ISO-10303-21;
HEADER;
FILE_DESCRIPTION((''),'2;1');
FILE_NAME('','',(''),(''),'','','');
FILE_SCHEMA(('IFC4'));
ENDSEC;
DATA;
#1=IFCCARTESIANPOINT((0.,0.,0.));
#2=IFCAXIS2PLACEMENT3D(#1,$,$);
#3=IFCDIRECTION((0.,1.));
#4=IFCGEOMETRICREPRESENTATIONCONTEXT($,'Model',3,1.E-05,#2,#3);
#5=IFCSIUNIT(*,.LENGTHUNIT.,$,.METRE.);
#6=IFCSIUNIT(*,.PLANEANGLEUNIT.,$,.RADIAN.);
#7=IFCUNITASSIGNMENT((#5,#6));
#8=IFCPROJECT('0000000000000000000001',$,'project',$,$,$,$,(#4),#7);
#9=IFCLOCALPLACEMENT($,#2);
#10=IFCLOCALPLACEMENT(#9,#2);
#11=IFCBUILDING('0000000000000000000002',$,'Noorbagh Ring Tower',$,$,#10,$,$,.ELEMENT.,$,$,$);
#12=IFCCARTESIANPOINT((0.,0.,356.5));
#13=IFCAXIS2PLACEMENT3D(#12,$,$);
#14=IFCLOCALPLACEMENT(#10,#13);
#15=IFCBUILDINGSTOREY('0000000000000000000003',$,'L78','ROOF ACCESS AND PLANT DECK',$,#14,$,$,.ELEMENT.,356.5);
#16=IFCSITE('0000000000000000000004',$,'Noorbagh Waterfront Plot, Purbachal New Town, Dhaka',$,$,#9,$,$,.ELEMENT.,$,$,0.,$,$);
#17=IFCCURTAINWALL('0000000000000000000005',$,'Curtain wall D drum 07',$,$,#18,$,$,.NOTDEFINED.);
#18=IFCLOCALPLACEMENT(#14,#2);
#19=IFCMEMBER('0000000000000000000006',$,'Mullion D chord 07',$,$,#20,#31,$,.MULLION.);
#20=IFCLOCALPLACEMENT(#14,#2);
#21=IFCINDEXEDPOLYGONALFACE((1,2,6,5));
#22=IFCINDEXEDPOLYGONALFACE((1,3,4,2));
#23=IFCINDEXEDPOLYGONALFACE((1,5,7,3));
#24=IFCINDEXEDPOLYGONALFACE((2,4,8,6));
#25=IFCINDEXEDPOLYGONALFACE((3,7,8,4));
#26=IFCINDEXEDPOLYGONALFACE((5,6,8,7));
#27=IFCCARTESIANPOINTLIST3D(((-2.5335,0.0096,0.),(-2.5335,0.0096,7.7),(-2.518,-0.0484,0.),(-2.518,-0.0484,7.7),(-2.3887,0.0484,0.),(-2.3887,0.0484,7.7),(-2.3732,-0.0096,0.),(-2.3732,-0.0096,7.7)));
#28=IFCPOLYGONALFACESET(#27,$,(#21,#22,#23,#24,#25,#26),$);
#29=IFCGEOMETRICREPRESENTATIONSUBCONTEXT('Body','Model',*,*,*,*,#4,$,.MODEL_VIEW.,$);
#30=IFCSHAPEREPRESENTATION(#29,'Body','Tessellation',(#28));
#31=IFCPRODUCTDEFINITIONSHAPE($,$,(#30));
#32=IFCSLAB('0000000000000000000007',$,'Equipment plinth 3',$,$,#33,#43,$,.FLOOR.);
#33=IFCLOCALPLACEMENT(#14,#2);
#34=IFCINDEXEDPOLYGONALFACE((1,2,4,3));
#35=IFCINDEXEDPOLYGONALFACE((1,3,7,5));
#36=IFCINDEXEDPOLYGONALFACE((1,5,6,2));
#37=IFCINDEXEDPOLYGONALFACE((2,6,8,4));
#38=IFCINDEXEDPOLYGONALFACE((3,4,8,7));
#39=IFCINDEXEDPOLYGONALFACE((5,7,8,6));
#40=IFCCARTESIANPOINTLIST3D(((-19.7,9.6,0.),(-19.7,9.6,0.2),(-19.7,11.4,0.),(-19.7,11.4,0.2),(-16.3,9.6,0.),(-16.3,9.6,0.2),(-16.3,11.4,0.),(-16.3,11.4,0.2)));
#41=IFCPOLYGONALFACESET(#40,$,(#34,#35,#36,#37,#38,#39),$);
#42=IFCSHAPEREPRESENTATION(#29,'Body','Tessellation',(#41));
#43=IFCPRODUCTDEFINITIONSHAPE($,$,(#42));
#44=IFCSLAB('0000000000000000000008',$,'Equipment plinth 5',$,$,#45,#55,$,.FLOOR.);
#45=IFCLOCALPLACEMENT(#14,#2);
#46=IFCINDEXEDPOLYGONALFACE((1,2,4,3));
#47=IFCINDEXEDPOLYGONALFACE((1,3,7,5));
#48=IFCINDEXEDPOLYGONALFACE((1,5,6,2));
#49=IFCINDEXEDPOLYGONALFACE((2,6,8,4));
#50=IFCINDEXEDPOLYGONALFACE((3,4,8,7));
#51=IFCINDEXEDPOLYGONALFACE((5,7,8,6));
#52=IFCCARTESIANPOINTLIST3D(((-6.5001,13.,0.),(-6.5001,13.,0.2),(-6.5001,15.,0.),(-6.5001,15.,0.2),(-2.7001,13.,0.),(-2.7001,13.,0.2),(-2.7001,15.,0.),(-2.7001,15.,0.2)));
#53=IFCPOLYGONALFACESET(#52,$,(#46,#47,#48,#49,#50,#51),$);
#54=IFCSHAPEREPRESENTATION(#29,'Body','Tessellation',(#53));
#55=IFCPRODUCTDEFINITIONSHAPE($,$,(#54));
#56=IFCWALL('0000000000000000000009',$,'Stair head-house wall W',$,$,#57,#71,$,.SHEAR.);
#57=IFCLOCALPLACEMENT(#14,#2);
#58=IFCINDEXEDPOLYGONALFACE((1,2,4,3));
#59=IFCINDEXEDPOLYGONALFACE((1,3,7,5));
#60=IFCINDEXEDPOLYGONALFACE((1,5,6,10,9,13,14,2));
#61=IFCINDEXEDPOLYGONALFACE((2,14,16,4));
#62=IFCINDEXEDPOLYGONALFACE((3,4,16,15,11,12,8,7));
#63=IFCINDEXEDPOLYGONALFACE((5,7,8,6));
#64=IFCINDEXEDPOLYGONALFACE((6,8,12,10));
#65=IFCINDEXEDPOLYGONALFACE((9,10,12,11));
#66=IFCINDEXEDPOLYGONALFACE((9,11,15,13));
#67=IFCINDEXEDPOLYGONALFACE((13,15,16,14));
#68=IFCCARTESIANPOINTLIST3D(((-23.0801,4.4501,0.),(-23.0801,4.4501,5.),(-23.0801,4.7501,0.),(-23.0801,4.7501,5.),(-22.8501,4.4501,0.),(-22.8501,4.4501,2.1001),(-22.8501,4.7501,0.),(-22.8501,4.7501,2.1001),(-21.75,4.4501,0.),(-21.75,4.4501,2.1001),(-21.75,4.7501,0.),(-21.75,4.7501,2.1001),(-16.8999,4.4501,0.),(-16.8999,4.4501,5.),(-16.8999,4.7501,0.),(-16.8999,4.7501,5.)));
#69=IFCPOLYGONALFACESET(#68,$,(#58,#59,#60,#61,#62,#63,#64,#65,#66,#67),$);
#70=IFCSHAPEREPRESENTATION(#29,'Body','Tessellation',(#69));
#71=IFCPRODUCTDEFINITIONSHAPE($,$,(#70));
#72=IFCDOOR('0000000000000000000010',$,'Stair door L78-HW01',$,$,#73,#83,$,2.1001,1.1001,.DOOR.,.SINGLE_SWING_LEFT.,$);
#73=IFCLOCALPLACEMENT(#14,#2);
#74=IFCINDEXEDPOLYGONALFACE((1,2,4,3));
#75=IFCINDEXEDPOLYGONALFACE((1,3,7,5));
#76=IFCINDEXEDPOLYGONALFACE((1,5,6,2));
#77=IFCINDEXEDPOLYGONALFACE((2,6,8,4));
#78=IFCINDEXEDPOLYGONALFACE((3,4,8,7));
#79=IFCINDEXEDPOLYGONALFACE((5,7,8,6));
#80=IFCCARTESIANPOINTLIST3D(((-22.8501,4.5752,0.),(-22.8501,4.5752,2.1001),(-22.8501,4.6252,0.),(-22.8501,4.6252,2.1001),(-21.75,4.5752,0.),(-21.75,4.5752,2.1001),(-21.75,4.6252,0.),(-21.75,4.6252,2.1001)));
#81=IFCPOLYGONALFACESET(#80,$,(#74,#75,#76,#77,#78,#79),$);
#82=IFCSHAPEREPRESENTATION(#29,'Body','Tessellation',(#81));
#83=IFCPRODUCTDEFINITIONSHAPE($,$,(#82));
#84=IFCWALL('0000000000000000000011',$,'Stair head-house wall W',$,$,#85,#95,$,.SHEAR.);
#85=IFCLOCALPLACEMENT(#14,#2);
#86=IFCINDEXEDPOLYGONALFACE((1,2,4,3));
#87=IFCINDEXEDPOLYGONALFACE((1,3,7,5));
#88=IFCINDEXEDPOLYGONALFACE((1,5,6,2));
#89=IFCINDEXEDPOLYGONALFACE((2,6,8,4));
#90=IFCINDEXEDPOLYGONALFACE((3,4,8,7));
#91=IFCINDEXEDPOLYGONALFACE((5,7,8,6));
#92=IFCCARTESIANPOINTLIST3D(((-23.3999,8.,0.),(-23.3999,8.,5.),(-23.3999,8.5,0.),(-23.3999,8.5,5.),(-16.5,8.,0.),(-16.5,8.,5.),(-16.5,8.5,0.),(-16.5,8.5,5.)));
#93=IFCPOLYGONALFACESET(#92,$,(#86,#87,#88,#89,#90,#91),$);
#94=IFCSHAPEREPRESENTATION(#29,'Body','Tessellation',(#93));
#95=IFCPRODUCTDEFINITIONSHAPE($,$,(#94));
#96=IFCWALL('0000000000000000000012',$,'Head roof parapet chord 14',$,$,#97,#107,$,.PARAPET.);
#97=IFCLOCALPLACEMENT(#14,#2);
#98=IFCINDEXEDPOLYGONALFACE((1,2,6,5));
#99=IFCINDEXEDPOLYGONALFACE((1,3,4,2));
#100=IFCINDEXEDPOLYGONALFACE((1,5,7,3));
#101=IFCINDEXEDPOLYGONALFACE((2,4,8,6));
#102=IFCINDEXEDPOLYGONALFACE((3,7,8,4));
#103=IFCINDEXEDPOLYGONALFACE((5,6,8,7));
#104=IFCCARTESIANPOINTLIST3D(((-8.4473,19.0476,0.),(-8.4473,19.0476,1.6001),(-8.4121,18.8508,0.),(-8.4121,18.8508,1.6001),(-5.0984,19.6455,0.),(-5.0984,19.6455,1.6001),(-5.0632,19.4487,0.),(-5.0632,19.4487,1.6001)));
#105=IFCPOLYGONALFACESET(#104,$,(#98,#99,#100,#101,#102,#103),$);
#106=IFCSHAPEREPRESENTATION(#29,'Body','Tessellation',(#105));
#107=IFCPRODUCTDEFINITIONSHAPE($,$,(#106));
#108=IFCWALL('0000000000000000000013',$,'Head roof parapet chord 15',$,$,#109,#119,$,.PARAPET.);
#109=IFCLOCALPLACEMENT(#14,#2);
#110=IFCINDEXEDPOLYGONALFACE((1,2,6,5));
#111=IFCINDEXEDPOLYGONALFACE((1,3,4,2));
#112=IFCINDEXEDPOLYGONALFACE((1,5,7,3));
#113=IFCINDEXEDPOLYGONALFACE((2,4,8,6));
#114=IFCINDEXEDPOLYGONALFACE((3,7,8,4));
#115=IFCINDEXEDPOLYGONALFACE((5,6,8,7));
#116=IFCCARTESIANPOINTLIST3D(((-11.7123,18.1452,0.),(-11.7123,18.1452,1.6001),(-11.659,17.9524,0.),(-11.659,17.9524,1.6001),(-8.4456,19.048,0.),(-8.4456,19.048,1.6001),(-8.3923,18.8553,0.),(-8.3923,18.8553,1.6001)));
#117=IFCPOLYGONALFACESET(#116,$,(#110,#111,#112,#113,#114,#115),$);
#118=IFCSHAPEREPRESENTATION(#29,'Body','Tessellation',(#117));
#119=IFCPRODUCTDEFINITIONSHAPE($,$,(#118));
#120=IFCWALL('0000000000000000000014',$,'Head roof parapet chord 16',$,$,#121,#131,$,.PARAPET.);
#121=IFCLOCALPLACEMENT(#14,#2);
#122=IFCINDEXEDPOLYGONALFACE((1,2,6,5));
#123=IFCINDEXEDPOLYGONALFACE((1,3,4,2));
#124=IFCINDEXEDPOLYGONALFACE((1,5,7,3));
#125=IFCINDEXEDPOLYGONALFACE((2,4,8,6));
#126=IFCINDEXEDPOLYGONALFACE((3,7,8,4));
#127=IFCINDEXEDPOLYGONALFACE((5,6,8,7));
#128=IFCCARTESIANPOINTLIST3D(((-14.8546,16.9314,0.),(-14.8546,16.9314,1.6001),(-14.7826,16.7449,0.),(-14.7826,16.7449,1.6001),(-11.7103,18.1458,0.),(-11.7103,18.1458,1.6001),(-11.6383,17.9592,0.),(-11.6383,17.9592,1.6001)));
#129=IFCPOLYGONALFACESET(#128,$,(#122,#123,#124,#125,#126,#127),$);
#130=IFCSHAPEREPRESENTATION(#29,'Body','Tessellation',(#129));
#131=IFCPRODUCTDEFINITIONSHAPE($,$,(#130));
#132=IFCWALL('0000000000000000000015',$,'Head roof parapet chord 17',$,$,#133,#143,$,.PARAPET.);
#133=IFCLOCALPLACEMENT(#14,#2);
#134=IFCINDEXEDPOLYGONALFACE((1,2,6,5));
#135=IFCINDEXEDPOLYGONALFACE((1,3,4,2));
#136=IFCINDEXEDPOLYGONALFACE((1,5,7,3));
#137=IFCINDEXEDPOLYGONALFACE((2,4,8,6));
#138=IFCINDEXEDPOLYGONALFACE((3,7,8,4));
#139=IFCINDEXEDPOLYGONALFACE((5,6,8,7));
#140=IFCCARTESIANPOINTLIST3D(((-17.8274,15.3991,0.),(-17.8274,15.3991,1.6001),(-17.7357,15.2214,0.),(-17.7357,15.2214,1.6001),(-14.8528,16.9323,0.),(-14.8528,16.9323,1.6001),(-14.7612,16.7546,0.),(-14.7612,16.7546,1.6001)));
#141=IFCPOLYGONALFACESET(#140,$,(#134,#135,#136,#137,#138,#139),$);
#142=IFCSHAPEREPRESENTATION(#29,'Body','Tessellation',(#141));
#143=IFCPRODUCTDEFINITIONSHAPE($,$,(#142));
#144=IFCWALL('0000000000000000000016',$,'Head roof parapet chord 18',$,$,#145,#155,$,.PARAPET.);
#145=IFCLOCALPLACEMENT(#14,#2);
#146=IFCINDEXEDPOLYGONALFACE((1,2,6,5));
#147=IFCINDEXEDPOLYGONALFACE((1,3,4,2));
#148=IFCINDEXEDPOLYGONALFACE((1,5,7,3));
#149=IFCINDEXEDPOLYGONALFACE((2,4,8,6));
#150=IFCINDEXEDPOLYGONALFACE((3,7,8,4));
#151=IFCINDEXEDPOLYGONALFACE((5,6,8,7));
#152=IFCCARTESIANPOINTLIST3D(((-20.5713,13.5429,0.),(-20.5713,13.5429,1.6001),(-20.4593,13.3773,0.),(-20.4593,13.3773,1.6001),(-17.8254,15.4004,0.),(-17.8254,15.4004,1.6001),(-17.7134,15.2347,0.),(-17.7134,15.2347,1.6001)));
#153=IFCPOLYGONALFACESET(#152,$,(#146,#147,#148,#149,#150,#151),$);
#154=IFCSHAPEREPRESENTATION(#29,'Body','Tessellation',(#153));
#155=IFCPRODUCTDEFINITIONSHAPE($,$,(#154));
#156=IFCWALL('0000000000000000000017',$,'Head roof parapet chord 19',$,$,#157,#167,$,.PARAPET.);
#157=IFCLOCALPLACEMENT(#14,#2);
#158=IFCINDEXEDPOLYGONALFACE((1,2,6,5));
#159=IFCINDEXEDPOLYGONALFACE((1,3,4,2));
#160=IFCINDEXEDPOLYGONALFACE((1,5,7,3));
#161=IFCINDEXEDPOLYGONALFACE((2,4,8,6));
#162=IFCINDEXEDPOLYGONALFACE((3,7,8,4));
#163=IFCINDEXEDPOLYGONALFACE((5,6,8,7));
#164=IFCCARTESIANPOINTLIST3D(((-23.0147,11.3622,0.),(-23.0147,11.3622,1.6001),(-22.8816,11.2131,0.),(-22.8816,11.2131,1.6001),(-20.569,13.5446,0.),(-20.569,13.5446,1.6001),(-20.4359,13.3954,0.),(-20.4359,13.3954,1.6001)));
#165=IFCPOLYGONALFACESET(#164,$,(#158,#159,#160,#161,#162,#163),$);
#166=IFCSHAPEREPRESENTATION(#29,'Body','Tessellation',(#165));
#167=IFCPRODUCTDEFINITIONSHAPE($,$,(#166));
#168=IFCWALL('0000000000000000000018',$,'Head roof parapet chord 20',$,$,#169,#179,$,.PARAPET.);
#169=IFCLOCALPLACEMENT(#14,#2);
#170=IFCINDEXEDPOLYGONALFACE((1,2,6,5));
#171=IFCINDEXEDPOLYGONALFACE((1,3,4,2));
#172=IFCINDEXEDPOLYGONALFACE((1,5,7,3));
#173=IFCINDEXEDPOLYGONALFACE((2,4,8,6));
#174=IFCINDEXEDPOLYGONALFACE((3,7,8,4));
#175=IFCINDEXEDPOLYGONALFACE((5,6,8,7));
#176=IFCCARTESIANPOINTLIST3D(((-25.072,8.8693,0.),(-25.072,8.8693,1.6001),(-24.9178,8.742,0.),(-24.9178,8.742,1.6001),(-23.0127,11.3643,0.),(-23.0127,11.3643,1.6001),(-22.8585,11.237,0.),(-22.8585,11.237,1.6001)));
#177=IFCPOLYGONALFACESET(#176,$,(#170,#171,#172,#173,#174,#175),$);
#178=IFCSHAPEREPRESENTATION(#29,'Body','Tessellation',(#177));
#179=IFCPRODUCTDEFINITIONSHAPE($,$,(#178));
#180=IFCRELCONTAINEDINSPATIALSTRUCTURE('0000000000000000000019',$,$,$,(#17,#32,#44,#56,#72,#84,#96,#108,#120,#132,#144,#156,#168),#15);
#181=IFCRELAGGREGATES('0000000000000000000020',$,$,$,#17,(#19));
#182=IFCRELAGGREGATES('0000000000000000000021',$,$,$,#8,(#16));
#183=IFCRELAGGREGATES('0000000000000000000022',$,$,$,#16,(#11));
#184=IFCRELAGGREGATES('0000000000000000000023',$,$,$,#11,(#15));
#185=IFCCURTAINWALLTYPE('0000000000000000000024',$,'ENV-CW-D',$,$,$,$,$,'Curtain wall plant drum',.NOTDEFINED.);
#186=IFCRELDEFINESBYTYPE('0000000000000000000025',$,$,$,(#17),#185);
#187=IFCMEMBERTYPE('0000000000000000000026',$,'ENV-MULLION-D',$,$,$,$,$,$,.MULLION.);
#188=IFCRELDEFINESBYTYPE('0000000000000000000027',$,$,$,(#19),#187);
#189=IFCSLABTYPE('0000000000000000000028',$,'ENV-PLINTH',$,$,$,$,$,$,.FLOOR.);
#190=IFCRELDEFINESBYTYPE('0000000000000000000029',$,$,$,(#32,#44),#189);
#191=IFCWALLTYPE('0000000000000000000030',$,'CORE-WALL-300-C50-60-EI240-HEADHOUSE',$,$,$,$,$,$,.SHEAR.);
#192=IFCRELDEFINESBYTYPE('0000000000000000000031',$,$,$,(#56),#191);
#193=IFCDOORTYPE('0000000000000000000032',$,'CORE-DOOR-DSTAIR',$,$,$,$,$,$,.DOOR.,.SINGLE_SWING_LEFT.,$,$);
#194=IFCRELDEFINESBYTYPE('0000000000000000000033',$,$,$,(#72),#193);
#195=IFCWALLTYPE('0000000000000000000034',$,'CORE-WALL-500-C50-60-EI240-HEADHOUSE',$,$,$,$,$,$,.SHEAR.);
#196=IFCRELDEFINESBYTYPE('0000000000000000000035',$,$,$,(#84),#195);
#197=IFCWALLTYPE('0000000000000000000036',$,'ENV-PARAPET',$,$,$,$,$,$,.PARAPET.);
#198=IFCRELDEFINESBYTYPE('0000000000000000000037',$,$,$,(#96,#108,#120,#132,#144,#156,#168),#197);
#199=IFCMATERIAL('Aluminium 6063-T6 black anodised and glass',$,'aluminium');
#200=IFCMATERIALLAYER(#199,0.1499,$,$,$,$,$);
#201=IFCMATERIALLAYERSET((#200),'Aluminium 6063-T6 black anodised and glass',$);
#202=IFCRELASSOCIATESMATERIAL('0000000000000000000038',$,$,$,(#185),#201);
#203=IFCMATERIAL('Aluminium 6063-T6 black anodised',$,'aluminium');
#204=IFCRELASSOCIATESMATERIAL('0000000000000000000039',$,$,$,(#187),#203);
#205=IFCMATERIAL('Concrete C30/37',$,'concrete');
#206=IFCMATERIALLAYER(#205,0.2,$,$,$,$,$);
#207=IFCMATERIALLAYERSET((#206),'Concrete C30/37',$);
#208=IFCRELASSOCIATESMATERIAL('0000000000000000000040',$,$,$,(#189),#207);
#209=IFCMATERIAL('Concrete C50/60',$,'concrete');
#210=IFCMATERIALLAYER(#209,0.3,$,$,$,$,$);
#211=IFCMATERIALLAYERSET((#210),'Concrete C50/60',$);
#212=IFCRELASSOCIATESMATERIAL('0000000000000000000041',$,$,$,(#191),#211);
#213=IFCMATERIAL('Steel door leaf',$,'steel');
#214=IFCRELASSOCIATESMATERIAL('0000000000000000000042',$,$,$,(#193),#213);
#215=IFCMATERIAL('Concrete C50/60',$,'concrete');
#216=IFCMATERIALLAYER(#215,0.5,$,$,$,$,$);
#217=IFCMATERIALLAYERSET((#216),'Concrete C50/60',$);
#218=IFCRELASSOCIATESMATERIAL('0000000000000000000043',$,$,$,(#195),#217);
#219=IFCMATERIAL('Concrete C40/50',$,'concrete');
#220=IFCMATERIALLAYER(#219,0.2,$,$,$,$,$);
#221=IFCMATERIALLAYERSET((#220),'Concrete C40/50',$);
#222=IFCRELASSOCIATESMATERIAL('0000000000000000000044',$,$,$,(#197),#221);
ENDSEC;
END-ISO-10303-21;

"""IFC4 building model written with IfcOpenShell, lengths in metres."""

from ifc_helpers import new_model, si_unit, direction, frame, frame_2d, origin, origin_2d, place, context, subcontext, project, spatial, rectangle, extrude, material, layer, layer_set, material_profile, profile_set, type_object, element, fill, aggregate, save


model = new_model("IFC4")

# Units and contexts
model_context = context("Model", 3, precision=1e-05, world=origin(), true_north=direction((0.0, 1.0)))
body_context = subcontext(model_context, "Body", "Model", "MODEL_VIEW")
ifc_project = project(units=[si_unit("LENGTHUNIT", "METRE"), si_unit("PLANEANGLEUNIT", "RADIAN")], contexts=[model_context])

# Site, building, storey
site_placement = place(None, origin())
site = spatial("IfcSite", under=ifc_project, at=site_placement, Name="Noorbagh Waterfront Plot, Purbachal New Town, Dhaka", CompositionType="ELEMENT", RefElevation=0.0)
building_placement = place(site_placement, origin())
building = spatial("IfcBuilding", under=site, at=building_placement, Name="Noorbagh Ring Tower", CompositionType="ELEMENT")
storey_placement = place(building_placement, frame((0.0, 0.0, 356.5)))
storey = spatial("IfcBuildingStorey", under=building, at=storey_placement, Name="L78", Description="ROOF ACCESS AND PLANT DECK", CompositionType="ELEMENT", Elevation=356.5)

# Curtain wall, member
ifc_material_1 = material(Name="Aluminium 6063-T6 black anodised and glass", Category="aluminium")
ifc_layer_1 = layer(ifc_material_1, 0.1499)
ifc_layer_set_1 = layer_set([ifc_layer_1], Name="Aluminium 6063-T6 black anodised and glass")
curtain_wall_type = type_object("IfcCurtainWallType", Name="ENV-CW-D", ElementType="Curtain wall plant drum", PredefinedType="NOTDEFINED", material=ifc_layer_set_1)
curtain_wall_placement = place(storey_placement, origin())
curtain_wall = element("IfcCurtainWall", 1, at=curtain_wall_placement, inside=storey, type_object=curtain_wall_type, Name="Curtain wall D drum 07", PredefinedType="NOTDEFINED")
ifc_material_2 = material(Name="Aluminium 6063-T6 black anodised", Category="aluminium")
ifc_material_profile = material_profile(ifc_material_2, rectangle(XDim=0.1499, YDim=0.0601, at=origin_2d()), Name="150x60")
ifc_profile_set = profile_set([ifc_material_profile], Name="Aluminium 6063-T6 black anodised")
member_type = type_object("IfcMemberType", Name="ENV-MULLION-D", PredefinedType="MULLION", material=ifc_profile_set)
member_placement = place(storey_placement, frame((-2.4534, 0.0, 0.0), z_axis=(0.0, 0.0, 1.0), x_axis=(0.965926, 0.258819, 0.0)))
member = element("IfcMember", 2, at=member_placement, type_object=member_type, Name="Mullion D chord 07", PredefinedType="MULLION", context=body_context, shape_type="SweptSolid", body=[
    extrude(rectangle(XDim=0.1499, YDim=0.0601, at=origin_2d()), origin(), (0.0, 0.0, 1.0), 7.7),
])
aggregate(curtain_wall, [member])

# Slabs
ifc_material_3 = material(Name="Concrete C30/37", Category="concrete")
ifc_layer_2 = layer(ifc_material_3, 0.2)
ifc_layer_set_2 = layer_set([ifc_layer_2], Name="Concrete C30/37")
slab_type = type_object("IfcSlabType", Name="ENV-PLINTH", PredefinedType="FLOOR", material=ifc_layer_set_2)
slab_1_placement = place(storey_placement, frame((-18.0, 10.5, 0.0), z_axis=(0.0, 0.0, 1.0), x_axis=(1.0, 0.0, 0.0)))
element("IfcSlab", 3, at=slab_1_placement, inside=storey, type_object=slab_type, Name="Equipment plinth 3", PredefinedType="FLOOR", context=body_context, shape_type="SweptSolid", body=[
    extrude(rectangle(XDim=3.3999, YDim=1.8, at=origin_2d()), origin(), (0.0, 0.0, 1.0), 0.2),
])
slab_2_placement = place(storey_placement, frame((-4.6001, 14.0, 0.0), z_axis=(0.0, 0.0, 1.0), x_axis=(1.0, 0.0, 0.0)))
element("IfcSlab", 4, at=slab_2_placement, inside=storey, type_object=slab_type, Name="Equipment plinth 5", PredefinedType="FLOOR", context=body_context, shape_type="SweptSolid", body=[
    extrude(rectangle(XDim=3.8, YDim=2.0, at=origin_2d()), origin(), (0.0, 0.0, 1.0), 0.2),
])

# Wall, opening, door
ifc_material_4 = material(Name="Concrete C50/60", Category="concrete")
ifc_layer_3 = layer(ifc_material_4, 0.3)
ifc_layer_set_3 = layer_set([ifc_layer_3], Name="Concrete C50/60")
wall_type_1 = type_object("IfcWallType", Name="CORE-WALL-300-C50-60-EI240-HEADHOUSE", PredefinedType="SHEAR", material=ifc_layer_set_3)
wall_1_placement = place(storey_placement, frame((-16.8999, 4.6001, 0.0), z_axis=(0.0, 0.0, 1.0), x_axis=(-1.0, 0.0, 0.0)))
wall_1 = element("IfcWall", 5, at=wall_1_placement, inside=storey, type_object=wall_type_1, Name="Stair head-house wall W", PredefinedType="SHEAR", context=body_context, shape_type="SweptSolid", body=[
    extrude(rectangle(XDim=6.1802, YDim=0.3, at=frame_2d((3.0901, 0.0))), origin(), (0.0, 0.0, 1.0), 5.0),
])
opening_placement = place(wall_1_placement, frame((4.8501, 0.0, 0.0)))
opening = element("IfcOpeningElement", 6, at=opening_placement, cuts=wall_1, PredefinedType="OPENING", context=body_context, shape_type="SweptSolid", body=[
    extrude(rectangle(XDim=1.1001, YDim=2.1001, at=frame_2d((0.55, 1.05))), frame((0.0, 0.1602, 0.0), z_axis=(0.0, -1.0, 0.0), x_axis=(1.0, 0.0, 0.0)), (0.0, 0.0, 1.0), 0.3201),
])
ifc_material_5 = material(Name="Steel door leaf", Category="steel")
door_type = type_object("IfcDoorType", Name="CORE-DOOR-DSTAIR", OperationType="SINGLE_SWING_LEFT", PredefinedType="DOOR", material=ifc_material_5)
door_placement = place(opening_placement, origin())
door = element("IfcDoor", 7, at=door_placement, inside=storey, type_object=door_type, Name="Stair door L78-HW01", OperationType="SINGLE_SWING_LEFT", OverallHeight=2.1001, OverallWidth=1.1001, PredefinedType="DOOR", context=body_context, shape_type="SweptSolid", body=[
    extrude(rectangle(XDim=1.1001, YDim=2.1001, at=frame_2d((0.55, 1.05))), frame((0.0, 0.0249, 0.0), z_axis=(0.0, -1.0, 0.0), x_axis=(1.0, 0.0, 0.0)), (0.0, 0.0, 1.0), 0.05),
])
fill(opening, door)

# Walls
ifc_material_6 = material(Name="Concrete C50/60", Category="concrete")
ifc_layer_4 = layer(ifc_material_6, 0.5)
ifc_layer_set_4 = layer_set([ifc_layer_4], Name="Concrete C50/60")
wall_type_2 = type_object("IfcWallType", Name="CORE-WALL-500-C50-60-EI240-HEADHOUSE", PredefinedType="SHEAR", material=ifc_layer_set_4)
wall_2_placement = place(storey_placement, frame((-16.5, 8.25, 0.0), z_axis=(0.0, 0.0, 1.0), x_axis=(-1.0, 0.0, 0.0)))
element("IfcWall", 8, at=wall_2_placement, inside=storey, type_object=wall_type_2, Name="Stair head-house wall W", PredefinedType="SHEAR", context=body_context, shape_type="SweptSolid", body=[
    extrude(rectangle(XDim=6.8999, YDim=0.5, at=frame_2d((3.45, 0.0))), origin(), (0.0, 0.0, 1.0), 5.0),
])
ifc_material_7 = material(Name="Concrete C40/50", Category="concrete")
ifc_layer_5 = layer(ifc_material_7, 0.2)
ifc_layer_set_5 = layer_set([ifc_layer_5], Name="Concrete C40/50")
wall_type_3 = type_object("IfcWallType", Name="ENV-PARAPET", PredefinedType="PARAPET", material=ifc_layer_set_5)
wall_3_placement = place(storey_placement, frame((-5.0808, 19.5471, 0.0), z_axis=(0.0, 0.0, 1.0), x_axis=(-0.984433, -0.175758, 0.0)))
element("IfcWall", 9, at=wall_3_placement, inside=storey, type_object=wall_type_3, Name="Head roof parapet chord 14", PredefinedType="PARAPET", context=body_context, shape_type="SweptSolid", body=[
    extrude(rectangle(XDim=3.4019, YDim=0.2, at=frame_2d((1.7009, 0.0))), origin(), (0.0, 0.0, 1.0), 1.6001),
])
wall_4_placement = place(storey_placement, frame((-8.4189, 18.9517, 0.0), z_axis=(0.0, 0.0, 1.0), x_axis=(-0.963864, -0.266395, 0.0)))
element("IfcWall", 10, at=wall_4_placement, inside=storey, type_object=wall_type_3, Name="Head roof parapet chord 15", PredefinedType="PARAPET", context=body_context, shape_type="SweptSolid", body=[
    extrude(rectangle(XDim=3.3892, YDim=0.2, at=frame_2d((1.6946, 0.0))), origin(), (0.0, 0.0, 1.0), 1.6001),
])
wall_5_placement = place(storey_placement, frame((-11.6743, 18.0525, 0.0), z_axis=(0.0, 0.0, 1.0), x_axis=(-0.932846, -0.360275, 0.0)))
element("IfcWall", 11, at=wall_5_placement, inside=storey, type_object=wall_type_3, Name="Head roof parapet chord 16", PredefinedType="PARAPET", context=body_context, shape_type="SweptSolid", body=[
    extrude(rectangle(XDim=3.3706, YDim=0.2, at=frame_2d((1.6853, 0.0))), origin(), (0.0, 0.0, 1.0), 1.6001),
])
wall_6_placement = place(storey_placement, frame((-14.8069, 16.8435, 0.0), z_axis=(0.0, 0.0, 1.0), x_axis=(-0.888874, -0.458152, 0.0)))
element("IfcWall", 12, at=wall_6_placement, inside=storey, type_object=wall_type_3, Name="Head roof parapet chord 17", PredefinedType="PARAPET", context=body_context, shape_type="SweptSolid", body=[
    extrude(rectangle(XDim=3.3464, YDim=0.2, at=frame_2d((1.6733, 0.0))), origin(), (0.0, 0.0, 1.0), 1.6001),
])
wall_7_placement = place(storey_placement, frame((-17.7693, 15.3176, 0.0), z_axis=(0.0, 0.0, 1.0), x_axis=(-0.828292, -0.560296, 0.0)))
element("IfcWall", 13, at=wall_7_placement, inside=storey, type_object=wall_type_3, Name="Head roof parapet chord 18", PredefinedType="PARAPET", context=body_context, shape_type="SweptSolid", body=[
    extrude(rectangle(XDim=3.3152, YDim=0.2, at=frame_2d((1.6577, 0.0))), origin(), (0.0, 0.0, 1.0), 1.6001),
])
wall_8_placement = place(storey_placement, frame((-20.5024, 13.47, 0.0), z_axis=(0.0, 0.0, 1.0), x_axis=(-0.746146, -0.665782, 0.0)))
element("IfcWall", 14, at=wall_8_placement, inside=storey, type_object=wall_type_3, Name="Head roof parapet chord 19", PredefinedType="PARAPET", context=body_context, shape_type="SweptSolid", body=[
    extrude(rectangle(XDim=3.2778, YDim=0.2, at=frame_2d((1.6389, 0.0))), origin(), (0.0, 0.0, 1.0), 1.6001),
])
wall_9_placement = place(storey_placement, frame((-22.9355, 11.3008, 0.0), z_axis=(0.0, 0.0, 1.0), x_axis=(-0.63654, -0.771244, 0.0)))
element("IfcWall", 15, at=wall_9_placement, inside=storey, type_object=wall_type_3, Name="Head roof parapet chord 20", PredefinedType="PARAPET", context=body_context, shape_type="SweptSolid", body=[
    extrude(rectangle(XDim=3.2351, YDim=0.2, at=frame_2d((1.6177, 0.0))), origin(), (0.0, 0.0, 1.0), 1.6001),
])

save(model, "model.ifc")
